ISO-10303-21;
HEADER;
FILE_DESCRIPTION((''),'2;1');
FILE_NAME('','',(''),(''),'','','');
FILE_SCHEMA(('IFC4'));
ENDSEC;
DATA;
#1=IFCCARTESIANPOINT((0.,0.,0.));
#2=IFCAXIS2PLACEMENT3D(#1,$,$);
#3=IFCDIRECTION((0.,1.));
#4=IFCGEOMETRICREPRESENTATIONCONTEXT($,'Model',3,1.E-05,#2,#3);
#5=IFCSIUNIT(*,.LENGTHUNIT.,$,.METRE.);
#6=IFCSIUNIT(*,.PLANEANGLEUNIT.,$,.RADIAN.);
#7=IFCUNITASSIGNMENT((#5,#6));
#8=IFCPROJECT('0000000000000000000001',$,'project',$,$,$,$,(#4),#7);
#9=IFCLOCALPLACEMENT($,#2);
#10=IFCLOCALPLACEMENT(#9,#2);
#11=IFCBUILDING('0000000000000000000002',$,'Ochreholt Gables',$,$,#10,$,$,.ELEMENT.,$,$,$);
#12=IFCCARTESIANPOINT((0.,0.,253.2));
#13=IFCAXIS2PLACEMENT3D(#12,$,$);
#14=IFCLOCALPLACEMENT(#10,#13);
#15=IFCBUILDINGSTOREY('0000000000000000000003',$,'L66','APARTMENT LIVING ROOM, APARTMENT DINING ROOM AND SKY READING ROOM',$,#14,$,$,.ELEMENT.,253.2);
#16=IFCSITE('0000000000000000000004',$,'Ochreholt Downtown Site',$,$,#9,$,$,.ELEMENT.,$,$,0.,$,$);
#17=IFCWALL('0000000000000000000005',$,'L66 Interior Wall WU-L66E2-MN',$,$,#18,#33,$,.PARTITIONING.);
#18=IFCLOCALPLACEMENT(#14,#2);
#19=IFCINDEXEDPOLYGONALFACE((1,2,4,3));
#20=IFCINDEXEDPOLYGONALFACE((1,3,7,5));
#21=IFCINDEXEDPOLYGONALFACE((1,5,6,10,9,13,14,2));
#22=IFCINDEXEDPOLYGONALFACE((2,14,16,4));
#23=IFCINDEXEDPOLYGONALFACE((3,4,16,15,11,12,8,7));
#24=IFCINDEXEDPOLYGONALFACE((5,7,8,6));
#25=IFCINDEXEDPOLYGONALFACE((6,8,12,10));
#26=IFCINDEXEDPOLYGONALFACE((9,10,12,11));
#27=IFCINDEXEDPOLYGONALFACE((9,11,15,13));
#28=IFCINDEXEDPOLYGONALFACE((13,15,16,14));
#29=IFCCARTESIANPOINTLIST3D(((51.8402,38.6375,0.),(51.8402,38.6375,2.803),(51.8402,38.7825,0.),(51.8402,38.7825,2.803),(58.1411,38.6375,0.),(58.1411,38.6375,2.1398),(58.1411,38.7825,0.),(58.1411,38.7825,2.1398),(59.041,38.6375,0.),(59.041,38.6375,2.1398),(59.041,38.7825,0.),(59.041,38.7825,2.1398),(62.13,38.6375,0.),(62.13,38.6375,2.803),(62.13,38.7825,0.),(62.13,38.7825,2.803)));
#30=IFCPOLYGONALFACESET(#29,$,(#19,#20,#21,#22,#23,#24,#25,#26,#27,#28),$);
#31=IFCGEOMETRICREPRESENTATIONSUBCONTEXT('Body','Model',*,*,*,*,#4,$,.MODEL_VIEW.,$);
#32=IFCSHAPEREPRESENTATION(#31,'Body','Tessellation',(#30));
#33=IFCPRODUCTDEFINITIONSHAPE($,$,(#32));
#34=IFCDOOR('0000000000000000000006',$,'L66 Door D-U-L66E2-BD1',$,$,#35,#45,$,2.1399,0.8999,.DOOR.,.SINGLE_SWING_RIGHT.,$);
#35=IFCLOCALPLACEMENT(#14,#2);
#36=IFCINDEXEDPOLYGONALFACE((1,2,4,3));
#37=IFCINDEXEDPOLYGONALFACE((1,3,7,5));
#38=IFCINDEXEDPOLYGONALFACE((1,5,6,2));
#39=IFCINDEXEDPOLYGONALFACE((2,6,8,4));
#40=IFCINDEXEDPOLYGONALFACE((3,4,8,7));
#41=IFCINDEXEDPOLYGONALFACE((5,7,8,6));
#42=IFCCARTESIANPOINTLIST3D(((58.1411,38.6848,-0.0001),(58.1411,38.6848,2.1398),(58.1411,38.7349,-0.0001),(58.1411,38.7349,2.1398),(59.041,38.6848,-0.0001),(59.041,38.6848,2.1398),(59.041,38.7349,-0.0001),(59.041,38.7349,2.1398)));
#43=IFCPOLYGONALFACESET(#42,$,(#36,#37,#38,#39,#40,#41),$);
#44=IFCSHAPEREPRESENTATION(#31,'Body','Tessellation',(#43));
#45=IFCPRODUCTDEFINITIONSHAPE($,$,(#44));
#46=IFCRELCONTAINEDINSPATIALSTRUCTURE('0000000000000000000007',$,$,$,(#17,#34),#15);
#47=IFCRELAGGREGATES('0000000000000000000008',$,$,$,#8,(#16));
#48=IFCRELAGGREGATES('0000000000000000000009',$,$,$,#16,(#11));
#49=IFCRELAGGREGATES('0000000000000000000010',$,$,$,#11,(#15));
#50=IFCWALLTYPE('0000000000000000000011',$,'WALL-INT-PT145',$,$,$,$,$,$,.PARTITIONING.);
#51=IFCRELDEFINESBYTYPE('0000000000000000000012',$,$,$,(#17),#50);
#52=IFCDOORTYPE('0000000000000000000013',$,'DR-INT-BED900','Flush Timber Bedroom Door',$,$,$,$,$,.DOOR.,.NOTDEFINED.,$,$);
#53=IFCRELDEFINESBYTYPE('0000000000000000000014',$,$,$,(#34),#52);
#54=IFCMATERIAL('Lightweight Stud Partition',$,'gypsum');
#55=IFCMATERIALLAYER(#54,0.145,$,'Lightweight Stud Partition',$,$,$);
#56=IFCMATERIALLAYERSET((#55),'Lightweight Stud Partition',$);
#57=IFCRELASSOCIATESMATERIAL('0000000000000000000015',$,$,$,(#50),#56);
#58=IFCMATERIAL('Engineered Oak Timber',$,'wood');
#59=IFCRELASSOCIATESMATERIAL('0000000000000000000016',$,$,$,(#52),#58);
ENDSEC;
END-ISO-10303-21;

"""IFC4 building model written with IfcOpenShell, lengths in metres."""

from ifc_helpers import new_model, si_unit, direction, frame, frame_2d, origin, place, context, subcontext, project, spatial, rectangle, extrude, material, layer, layer_set, type_object, element, fill, save


model = new_model("IFC4")

# Units and contexts
model_context = context("Model", 3, precision=1e-05, world=origin(), true_north=direction((0.0, 1.0)))
body_context = subcontext(model_context, "Body", "Model", "MODEL_VIEW")
ifc_project = project(units=[si_unit("LENGTHUNIT", "METRE"), si_unit("PLANEANGLEUNIT", "RADIAN")], contexts=[model_context])

# Site, building, storey
site_placement = place(None, origin())
site = spatial("IfcSite", under=ifc_project, at=site_placement, Name="Ochreholt Downtown Site", CompositionType="ELEMENT", RefElevation=0.0)
building_placement = place(site_placement, origin())
building = spatial("IfcBuilding", under=site, at=building_placement, Name="Ochreholt Gables", CompositionType="ELEMENT")
storey_placement = place(building_placement, frame((0.0, 0.0, 253.2)))
storey = spatial("IfcBuildingStorey", under=building, at=storey_placement, Name="L66", Description="APARTMENT LIVING ROOM, APARTMENT DINING ROOM AND SKY READING ROOM", CompositionType="ELEMENT", Elevation=253.2)

# Wall, opening, door
ifc_material_1 = material(Name="Lightweight Stud Partition", Category="gypsum")
ifc_layer_1 = layer(ifc_material_1, 0.145, Name="Lightweight Stud Partition")
ifc_layer_set_1 = layer_set([ifc_layer_1], Name="Lightweight Stud Partition")
wall_type_1 = type_object("IfcWallType", Name="WALL-INT-PT145", PredefinedType="PARTITIONING", material=ifc_layer_set_1)
wall_1_placement = place(storey_placement, frame((51.8401, 38.71, 0.0), z_axis=(0.0, 0.0, 1.0), x_axis=(1.0, 0.0, 0.0)))
wall_1 = element("IfcWall", 1, at=wall_1_placement, inside=storey, type_object=wall_type_1, Name="L66 Interior Wall WU-L66E2-MN", PredefinedType="PARTITIONING", context=body_context, shape_type="SweptSolid", body=[
    extrude(rectangle(XDim=10.2898, YDim=0.145, at=frame_2d((5.145, 0.0))), origin(), (0.0, 0.0, 1.0), 2.803),
])
opening_1_placement = place(wall_1_placement, frame((6.301, 0.0, 0.0)))
opening_1 = element("IfcOpeningElement", 2, at=opening_1_placement, cuts=wall_1, PredefinedType="OPENING", context=body_context, shape_type="SweptSolid", body=[
    extrude(rectangle(XDim=0.8999, YDim=2.1399, at=frame_2d((0.45, 1.0698))), frame((0.0, 0.0825, 0.0), z_axis=(0.0, -1.0, 0.0), x_axis=(1.0, 0.0, 0.0)), (0.0, 0.0, 1.0), 0.165),
])
ifc_material_2 = material(Name="Engineered Oak Timber", Category="wood")
door_type = type_object("IfcDoorType", Name="DR-INT-BED900", Description="Flush Timber Bedroom Door", OperationType="NOTDEFINED", PredefinedType="DOOR", material=ifc_material_2)
door_placement = place(opening_1_placement, origin())
door = element("IfcDoor", 3, at=door_placement, inside=storey, type_object=door_type, Name="L66 Door D-U-L66E2-BD1", OperationType="SINGLE_SWING_RIGHT", OverallHeight=2.1399, OverallWidth=0.8999, PredefinedType="DOOR", context=body_context, shape_type="SweptSolid", body=[
    extrude(rectangle(XDim=0.8999, YDim=2.1399, at=frame_2d((0.45, 1.0698))), frame((0.0, 0.0249, 0.0), z_axis=(0.0, -1.0, 0.0), x_axis=(1.0, 0.0, 0.0)), (0.0, 0.0, 1.0), 0.05),
])
fill(opening_1, door)

save(model, "model.ifc")
